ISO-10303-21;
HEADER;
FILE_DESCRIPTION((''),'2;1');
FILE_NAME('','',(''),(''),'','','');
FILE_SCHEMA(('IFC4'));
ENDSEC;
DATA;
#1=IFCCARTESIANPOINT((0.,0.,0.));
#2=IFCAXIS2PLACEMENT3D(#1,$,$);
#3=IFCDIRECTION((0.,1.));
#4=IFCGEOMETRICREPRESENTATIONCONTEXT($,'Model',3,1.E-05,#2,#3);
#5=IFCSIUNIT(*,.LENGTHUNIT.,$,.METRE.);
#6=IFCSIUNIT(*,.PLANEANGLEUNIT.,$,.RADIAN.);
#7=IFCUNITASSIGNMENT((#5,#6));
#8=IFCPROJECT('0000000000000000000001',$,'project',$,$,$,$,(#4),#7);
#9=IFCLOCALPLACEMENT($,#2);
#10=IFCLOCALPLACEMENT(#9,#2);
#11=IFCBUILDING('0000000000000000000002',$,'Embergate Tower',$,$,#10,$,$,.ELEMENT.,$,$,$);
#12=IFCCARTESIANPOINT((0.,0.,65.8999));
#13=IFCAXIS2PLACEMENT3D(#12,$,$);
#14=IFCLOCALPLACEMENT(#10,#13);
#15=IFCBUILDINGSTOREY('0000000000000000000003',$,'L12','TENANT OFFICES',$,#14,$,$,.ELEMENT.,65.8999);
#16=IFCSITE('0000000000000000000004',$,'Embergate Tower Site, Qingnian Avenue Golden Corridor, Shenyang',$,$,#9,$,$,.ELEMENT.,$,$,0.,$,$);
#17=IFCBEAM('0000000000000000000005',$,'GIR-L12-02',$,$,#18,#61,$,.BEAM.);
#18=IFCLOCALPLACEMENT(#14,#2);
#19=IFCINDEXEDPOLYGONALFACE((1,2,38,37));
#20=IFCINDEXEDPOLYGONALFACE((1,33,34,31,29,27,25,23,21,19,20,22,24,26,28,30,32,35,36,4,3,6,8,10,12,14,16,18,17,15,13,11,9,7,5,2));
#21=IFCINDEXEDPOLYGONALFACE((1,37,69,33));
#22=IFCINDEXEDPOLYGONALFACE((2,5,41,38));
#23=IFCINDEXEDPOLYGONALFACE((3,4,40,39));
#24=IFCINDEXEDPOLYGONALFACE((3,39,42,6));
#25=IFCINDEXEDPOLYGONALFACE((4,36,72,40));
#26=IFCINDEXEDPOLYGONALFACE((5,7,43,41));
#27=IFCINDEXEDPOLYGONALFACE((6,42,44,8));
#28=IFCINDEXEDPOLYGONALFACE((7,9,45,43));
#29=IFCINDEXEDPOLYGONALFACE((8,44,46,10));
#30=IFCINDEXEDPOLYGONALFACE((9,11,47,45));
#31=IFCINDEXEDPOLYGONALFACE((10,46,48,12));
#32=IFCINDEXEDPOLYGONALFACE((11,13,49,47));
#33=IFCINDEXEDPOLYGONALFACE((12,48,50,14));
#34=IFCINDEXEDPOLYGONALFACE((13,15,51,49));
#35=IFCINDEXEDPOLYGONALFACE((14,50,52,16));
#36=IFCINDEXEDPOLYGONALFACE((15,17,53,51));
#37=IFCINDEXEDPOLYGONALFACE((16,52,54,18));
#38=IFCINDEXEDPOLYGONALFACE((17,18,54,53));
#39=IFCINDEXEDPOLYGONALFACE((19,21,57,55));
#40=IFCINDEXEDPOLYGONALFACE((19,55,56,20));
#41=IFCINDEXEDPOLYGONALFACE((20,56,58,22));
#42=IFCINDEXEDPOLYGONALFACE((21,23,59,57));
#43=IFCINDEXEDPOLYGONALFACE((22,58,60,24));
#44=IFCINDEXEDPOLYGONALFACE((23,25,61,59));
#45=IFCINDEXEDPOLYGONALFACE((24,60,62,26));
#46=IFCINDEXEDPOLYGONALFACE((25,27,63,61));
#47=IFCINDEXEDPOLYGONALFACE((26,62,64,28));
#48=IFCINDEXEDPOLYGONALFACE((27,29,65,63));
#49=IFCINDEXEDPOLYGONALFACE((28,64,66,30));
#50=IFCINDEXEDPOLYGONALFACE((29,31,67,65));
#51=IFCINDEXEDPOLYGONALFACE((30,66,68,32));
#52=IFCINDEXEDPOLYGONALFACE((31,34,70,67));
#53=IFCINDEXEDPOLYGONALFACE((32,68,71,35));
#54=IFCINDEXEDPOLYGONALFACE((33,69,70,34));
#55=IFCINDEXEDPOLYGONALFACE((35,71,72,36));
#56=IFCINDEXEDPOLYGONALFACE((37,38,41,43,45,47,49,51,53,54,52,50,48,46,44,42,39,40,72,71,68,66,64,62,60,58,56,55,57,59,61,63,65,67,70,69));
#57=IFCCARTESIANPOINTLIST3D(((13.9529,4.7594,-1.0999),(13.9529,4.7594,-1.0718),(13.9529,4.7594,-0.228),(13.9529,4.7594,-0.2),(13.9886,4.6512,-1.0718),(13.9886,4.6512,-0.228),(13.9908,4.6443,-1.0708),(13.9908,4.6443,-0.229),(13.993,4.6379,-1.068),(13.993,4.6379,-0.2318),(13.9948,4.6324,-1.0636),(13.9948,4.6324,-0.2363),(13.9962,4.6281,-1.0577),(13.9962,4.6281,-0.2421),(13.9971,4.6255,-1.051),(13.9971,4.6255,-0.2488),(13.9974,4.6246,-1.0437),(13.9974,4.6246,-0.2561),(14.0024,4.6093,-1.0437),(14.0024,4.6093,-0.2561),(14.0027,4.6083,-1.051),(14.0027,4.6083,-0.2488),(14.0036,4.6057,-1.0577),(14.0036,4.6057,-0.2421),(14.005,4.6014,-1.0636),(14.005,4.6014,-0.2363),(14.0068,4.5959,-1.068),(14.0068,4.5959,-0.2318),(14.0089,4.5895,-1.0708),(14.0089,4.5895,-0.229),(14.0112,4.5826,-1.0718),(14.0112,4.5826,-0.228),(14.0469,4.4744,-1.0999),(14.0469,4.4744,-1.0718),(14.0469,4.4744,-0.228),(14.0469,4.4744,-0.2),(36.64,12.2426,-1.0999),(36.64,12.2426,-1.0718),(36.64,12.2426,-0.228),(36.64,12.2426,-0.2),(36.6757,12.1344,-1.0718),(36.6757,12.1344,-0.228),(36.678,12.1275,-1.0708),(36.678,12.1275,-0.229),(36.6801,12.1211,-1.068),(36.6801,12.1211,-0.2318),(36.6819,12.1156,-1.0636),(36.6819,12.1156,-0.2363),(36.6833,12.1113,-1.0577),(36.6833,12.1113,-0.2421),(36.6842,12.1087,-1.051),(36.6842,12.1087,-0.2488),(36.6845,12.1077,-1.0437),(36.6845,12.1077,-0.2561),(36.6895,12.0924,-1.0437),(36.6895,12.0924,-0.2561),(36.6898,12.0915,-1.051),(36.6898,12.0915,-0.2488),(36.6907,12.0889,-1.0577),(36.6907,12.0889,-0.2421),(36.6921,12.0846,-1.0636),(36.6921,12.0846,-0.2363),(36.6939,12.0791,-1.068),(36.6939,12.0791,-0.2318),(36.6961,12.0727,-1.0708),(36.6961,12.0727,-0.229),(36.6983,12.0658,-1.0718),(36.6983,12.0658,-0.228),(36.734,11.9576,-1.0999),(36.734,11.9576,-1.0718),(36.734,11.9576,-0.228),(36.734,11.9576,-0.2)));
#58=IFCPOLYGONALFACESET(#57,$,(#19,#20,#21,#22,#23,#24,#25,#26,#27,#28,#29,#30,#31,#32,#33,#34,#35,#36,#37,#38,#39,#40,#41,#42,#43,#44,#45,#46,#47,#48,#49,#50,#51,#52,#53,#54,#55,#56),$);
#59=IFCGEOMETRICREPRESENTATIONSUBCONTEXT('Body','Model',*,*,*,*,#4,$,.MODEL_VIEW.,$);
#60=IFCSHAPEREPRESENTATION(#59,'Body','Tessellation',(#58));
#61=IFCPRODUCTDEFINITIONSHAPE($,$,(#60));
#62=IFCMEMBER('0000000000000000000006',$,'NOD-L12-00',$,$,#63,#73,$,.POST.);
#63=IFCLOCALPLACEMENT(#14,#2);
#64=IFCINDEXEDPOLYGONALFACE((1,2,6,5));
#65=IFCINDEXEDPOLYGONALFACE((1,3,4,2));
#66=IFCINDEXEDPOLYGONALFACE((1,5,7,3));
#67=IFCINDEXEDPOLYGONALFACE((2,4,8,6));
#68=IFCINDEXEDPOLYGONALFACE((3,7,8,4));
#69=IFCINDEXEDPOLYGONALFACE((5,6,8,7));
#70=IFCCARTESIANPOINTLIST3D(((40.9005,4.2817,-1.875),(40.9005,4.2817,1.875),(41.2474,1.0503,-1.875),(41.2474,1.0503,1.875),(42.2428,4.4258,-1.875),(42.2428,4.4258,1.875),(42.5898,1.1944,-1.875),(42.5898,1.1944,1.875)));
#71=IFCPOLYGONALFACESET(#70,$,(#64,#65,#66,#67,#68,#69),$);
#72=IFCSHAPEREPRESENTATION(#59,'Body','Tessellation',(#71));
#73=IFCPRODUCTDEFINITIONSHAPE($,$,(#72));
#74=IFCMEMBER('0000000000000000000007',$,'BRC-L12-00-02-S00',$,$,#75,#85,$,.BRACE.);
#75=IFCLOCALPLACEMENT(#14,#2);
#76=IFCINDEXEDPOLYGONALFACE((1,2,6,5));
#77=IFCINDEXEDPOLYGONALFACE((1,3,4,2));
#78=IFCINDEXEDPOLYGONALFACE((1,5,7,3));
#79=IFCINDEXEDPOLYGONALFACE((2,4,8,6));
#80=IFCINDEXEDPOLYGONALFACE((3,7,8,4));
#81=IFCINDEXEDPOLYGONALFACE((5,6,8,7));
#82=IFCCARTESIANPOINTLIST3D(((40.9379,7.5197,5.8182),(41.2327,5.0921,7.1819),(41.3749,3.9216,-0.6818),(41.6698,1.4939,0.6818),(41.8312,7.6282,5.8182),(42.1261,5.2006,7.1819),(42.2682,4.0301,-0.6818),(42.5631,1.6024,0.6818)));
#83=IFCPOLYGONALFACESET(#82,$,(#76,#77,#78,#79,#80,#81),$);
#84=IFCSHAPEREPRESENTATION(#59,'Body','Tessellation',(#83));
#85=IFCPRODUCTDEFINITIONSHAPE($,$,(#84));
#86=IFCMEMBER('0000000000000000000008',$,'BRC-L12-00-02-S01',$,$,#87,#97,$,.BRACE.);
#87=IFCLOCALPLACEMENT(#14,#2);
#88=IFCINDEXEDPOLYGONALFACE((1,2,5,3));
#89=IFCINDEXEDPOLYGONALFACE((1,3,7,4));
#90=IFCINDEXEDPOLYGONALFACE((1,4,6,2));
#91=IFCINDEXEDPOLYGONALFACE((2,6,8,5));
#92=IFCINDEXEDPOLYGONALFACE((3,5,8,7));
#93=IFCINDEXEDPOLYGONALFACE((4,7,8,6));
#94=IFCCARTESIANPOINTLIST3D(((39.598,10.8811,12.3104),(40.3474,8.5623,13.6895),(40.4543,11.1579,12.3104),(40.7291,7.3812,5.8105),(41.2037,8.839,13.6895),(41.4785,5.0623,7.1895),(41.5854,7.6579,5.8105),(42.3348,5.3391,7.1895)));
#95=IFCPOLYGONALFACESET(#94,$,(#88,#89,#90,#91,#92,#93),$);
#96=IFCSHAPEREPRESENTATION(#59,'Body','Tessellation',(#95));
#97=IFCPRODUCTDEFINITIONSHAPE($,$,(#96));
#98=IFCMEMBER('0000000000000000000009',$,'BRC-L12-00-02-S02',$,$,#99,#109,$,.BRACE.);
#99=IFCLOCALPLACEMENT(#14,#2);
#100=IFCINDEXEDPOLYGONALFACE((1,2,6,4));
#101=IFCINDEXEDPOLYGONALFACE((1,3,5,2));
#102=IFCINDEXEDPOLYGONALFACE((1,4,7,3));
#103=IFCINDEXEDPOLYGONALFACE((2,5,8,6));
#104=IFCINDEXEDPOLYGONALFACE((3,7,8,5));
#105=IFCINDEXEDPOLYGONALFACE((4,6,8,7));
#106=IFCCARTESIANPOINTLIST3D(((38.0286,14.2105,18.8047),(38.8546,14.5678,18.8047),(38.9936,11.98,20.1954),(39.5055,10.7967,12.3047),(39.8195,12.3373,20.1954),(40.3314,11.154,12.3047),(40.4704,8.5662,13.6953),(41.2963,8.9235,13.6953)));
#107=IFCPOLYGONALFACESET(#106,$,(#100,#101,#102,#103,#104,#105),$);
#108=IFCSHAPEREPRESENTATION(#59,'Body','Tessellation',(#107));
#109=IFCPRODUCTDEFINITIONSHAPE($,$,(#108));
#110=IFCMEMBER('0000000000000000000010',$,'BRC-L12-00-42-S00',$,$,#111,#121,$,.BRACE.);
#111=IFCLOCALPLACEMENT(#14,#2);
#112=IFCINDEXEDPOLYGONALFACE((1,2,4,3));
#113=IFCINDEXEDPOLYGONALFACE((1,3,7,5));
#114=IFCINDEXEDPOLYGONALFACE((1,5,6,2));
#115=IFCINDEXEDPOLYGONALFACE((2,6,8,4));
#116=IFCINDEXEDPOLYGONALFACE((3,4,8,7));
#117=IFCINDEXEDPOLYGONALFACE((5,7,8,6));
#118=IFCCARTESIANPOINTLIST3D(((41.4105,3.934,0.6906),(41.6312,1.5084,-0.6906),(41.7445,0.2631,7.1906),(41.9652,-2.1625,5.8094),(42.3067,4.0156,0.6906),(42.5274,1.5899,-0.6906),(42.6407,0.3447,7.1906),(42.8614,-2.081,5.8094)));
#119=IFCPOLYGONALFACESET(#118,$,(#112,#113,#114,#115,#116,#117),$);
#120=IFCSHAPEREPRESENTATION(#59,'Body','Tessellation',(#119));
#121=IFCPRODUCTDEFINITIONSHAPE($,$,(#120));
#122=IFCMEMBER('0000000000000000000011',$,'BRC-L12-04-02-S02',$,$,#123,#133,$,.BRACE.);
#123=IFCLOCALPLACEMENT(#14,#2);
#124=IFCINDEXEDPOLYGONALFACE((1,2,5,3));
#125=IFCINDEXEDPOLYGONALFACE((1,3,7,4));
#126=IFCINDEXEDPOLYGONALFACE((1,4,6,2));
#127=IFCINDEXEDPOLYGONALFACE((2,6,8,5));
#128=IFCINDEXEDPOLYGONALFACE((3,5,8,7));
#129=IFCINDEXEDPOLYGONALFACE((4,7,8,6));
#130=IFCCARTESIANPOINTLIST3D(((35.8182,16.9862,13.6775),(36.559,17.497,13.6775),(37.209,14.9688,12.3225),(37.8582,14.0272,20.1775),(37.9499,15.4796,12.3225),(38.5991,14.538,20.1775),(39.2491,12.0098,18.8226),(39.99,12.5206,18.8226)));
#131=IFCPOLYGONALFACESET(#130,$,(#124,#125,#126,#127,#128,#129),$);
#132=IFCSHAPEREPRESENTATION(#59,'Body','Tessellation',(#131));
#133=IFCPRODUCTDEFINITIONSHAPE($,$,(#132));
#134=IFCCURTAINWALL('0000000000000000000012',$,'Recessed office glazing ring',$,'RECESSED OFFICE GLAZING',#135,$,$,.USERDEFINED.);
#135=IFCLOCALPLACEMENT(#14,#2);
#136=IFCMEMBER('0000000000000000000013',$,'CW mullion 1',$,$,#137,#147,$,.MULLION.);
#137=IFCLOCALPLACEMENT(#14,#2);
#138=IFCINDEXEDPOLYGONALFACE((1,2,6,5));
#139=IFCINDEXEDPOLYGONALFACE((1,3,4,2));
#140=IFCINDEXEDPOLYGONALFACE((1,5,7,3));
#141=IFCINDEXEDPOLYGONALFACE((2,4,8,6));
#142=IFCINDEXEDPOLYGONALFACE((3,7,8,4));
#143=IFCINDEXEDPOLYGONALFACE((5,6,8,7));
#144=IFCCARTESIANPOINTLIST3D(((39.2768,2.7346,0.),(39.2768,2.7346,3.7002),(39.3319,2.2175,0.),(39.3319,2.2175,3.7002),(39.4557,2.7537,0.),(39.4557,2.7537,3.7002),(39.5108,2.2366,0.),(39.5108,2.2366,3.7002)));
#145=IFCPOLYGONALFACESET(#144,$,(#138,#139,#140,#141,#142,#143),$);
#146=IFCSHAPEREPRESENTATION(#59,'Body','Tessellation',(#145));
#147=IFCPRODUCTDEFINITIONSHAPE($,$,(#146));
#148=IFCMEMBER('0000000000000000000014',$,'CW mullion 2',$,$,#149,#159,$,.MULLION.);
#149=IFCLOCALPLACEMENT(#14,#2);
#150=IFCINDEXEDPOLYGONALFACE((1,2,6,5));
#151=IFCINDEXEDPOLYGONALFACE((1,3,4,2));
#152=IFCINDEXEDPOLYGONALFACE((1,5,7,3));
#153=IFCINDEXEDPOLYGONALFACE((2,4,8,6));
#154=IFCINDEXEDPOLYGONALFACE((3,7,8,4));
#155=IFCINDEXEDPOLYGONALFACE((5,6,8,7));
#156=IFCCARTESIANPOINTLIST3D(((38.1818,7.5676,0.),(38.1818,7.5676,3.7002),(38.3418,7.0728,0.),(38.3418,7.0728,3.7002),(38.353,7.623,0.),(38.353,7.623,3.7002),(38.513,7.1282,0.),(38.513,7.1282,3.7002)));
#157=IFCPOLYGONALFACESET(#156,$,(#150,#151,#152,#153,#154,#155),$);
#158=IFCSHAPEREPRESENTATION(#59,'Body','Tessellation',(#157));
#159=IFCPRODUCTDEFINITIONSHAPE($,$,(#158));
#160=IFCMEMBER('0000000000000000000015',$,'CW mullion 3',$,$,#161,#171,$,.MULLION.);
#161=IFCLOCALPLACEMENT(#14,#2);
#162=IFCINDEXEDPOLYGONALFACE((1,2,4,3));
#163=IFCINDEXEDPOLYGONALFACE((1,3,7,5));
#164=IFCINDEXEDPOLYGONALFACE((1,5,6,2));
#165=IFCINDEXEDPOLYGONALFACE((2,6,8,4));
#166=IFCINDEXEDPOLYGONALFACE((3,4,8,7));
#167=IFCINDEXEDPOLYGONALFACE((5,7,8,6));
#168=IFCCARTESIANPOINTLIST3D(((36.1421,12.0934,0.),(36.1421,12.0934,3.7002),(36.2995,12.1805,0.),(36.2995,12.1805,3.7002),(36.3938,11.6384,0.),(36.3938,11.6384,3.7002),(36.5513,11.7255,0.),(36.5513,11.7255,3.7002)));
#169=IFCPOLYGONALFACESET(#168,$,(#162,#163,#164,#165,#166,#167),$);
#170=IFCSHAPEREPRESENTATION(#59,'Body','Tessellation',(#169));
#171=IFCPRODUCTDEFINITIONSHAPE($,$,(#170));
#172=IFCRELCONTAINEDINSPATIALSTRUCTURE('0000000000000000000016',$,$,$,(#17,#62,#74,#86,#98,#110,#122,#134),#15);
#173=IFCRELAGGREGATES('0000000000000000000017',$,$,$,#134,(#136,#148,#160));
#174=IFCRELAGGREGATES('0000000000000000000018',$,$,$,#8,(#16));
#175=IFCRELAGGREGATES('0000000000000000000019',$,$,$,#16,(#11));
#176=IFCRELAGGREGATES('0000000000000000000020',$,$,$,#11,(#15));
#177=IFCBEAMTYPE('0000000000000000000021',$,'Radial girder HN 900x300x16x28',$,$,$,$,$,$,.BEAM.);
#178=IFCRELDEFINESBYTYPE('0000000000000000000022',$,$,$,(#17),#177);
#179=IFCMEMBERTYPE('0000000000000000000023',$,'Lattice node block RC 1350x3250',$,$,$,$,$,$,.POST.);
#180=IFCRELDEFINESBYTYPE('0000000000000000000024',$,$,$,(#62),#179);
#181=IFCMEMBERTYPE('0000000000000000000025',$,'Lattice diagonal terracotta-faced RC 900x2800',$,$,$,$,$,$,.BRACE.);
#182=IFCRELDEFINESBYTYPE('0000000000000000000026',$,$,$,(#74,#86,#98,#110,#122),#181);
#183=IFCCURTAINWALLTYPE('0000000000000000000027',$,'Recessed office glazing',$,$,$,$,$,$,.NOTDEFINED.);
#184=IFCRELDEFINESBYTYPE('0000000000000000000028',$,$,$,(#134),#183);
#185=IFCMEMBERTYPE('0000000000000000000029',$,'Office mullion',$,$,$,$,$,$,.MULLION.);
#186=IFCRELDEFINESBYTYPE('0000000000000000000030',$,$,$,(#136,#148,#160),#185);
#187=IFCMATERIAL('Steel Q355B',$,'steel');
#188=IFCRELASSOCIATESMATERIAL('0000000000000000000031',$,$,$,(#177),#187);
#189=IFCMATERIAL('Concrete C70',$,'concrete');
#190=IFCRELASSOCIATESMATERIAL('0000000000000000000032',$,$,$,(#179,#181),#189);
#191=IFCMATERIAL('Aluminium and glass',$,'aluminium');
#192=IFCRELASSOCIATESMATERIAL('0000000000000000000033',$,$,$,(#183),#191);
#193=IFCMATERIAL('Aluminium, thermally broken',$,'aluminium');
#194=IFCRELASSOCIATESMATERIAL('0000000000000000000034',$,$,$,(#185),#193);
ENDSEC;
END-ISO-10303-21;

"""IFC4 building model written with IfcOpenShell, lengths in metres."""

from ifc_helpers import new_model, si_unit, direction, frame, origin, origin_2d, place, context, subcontext, project, spatial, rectangle, i_section, extrude, source, transform, mapped, material, material_profile, profile_set, type_object, element, aggregate, save


model = new_model("IFC4")

# Units and contexts
model_context = context("Model", 3, precision=1e-05, world=origin(), true_north=direction((0.0, 1.0)))
body_context = subcontext(model_context, "Body", "Model", "MODEL_VIEW")
ifc_project = project(units=[si_unit("LENGTHUNIT", "METRE"), si_unit("PLANEANGLEUNIT", "RADIAN")], contexts=[model_context])

# Site, building, storey
site_placement = place(None, origin())
site = spatial("IfcSite", under=ifc_project, at=site_placement, Name="Embergate Tower Site, Qingnian Avenue Golden Corridor, Shenyang", CompositionType="ELEMENT", RefElevation=0.0)
building_placement = place(site_placement, origin())
building = spatial("IfcBuilding", under=site, at=building_placement, Name="Embergate Tower", CompositionType="ELEMENT")
storey_placement = place(building_placement, frame((0.0, 0.0, 65.8999)))
storey = spatial("IfcBuildingStorey", under=building, at=storey_placement, Name="L12", Description="TENANT OFFICES", CompositionType="ELEMENT", Elevation=65.8999)

# Shared definitions
ifc_material_1 = material(Name="Concrete C70", Category="concrete")

# Beam
ifc_material_2 = material(Name="Steel Q355B", Category="steel")
ifc_material_profile_1 = material_profile(ifc_material_2, i_section(OverallWidth=0.3, OverallDepth=0.8999, WebThickness=0.0161, FlangeThickness=0.0281, FilletRadius=0.0281, at=origin_2d()), Name="HN 900x300x16x28")
ifc_profile_set_1 = profile_set([ifc_material_profile_1], Name="Steel Q355 grade B")
beam_type_1 = type_object("IfcBeamType", Name="Radial girder HN 900x300x16x28", PredefinedType="BEAM", material=ifc_profile_set_1)
shared_shape_1 = source(origin(), body_context, "Body", "SweptSolid", [
    extrude(i_section(OverallWidth=0.3, OverallDepth=0.8999, WebThickness=0.0161, FlangeThickness=0.0281, FilletRadius=0.0281, at=origin_2d()), origin(), (0.0, 0.0, 1.0), 23.8894),
])
beam_1_placement = place(storey_placement, frame((36.687, 12.1001, -0.6499), z_axis=(-0.949673, -0.313243, 0.0), x_axis=(0.313243, -0.949673, 0.0)))
element("IfcBeam", 1, at=beam_1_placement, inside=storey, type_object=beam_type_1, Name="GIR-L12-02", PredefinedType="BEAM", context=body_context, shape_type="MappedRepresentation", body=[
    mapped(shared_shape_1, transform((0.0, 0.0, 0.0))),
])

# Members
ifc_material_profile_2 = material_profile(ifc_material_1, rectangle(XDim=1.3501, YDim=3.25, at=origin_2d()), Name="RC 1350x3250")
ifc_profile_set_2 = profile_set([ifc_material_profile_2], Name="Concrete C70")
member_type_1 = type_object("IfcMemberType", Name="Lattice node block RC 1350x3250", PredefinedType="POST", material=ifc_profile_set_2)
shared_shape_2 = source(origin(), body_context, "Body", "SweptSolid", [
    extrude(rectangle(XDim=1.3501, YDim=3.25, at=origin_2d()), origin(), (0.0, 0.0, 1.0), 3.75),
])
member_1_placement = place(storey_placement, frame((41.7451, 2.738, -1.875), z_axis=(0.0, 0.0, 1.0), x_axis=(0.994286, 0.10675, 0.0)))
element("IfcMember", 2, at=member_1_placement, inside=storey, type_object=member_type_1, Name="NOD-L12-00", PredefinedType="POST", context=body_context, shape_type="MappedRepresentation", body=[
    mapped(shared_shape_2, transform((0.0, 0.0, 0.0))),
])
ifc_material_profile_3 = material_profile(ifc_material_1, rectangle(XDim=0.8999, YDim=2.8, at=origin_2d()), Name="RC 900x2800")
ifc_profile_set_3 = profile_set([ifc_material_profile_3], Name="Concrete C70")
member_type_2 = type_object("IfcMemberType", Name="Lattice diagonal terracotta-faced RC 900x2800", PredefinedType="BRACE", material=ifc_profile_set_3)
shared_shape_3 = source(origin(), body_context, "Body", "SweptSolid", [
    extrude(rectangle(XDim=0.8999, YDim=2.8, at=origin_2d()), origin(), (0.0, 0.0, 1.0), 7.4424),
])
member_2_placement = place(storey_placement, frame((41.969, 2.762, 0.0), z_axis=(-0.05872, 0.483473, 0.873388), x_axis=(-0.992705, -0.120569, 0.0)))
element("IfcMember", 3, at=member_2_placement, inside=storey, type_object=member_type_2, Name="BRC-L12-00-02-S00", PredefinedType="BRACE", context=body_context, shape_type="MappedRepresentation", body=[
    mapped(shared_shape_3, transform((0.0, 0.0, 0.0))),
])
shared_shape_4 = source(origin(), body_context, "Body", "SweptSolid", [
    extrude(rectangle(XDim=0.8999, YDim=2.8, at=origin_2d()), origin(), (0.0, 0.0, 1.0), 7.4685),
])
member_3_placement = place(storey_placement, frame((41.532, 6.3601, 6.5), z_axis=(-0.151449, 0.468631, 0.870315), x_axis=(-0.951544, -0.307513, 0.0)))
element("IfcMember", 4, at=member_3_placement, inside=storey, type_object=member_type_2, Name="BRC-L12-00-02-S01", PredefinedType="BRACE", context=body_context, shape_type="MappedRepresentation", body=[
    mapped(shared_shape_4, transform((0.0, 0.0, 0.0))),
])
shared_shape_5 = source(origin(), body_context, "Body", "SweptSolid", [
    extrude(rectangle(XDim=0.8999, YDim=2.8, at=origin_2d()), origin(), (0.0, 0.0, 1.0), 7.489),
])
member_4_placement = place(storey_placement, frame((40.4009, 9.8601, 13.0), z_axis=(-0.197197, 0.455844, 0.86794), x_axis=(-0.917802, -0.397038, 0.0)))
element("IfcMember", 5, at=member_4_placement, inside=storey, type_object=member_type_2, Name="BRC-L12-00-02-S02", PredefinedType="BRACE", context=body_context, shape_type="MappedRepresentation", body=[
    mapped(shared_shape_5, transform((0.0, 0.0, 0.0))),
])
shared_shape_6 = source(origin(), body_context, "Body", "SweptSolid", [
    extrude(rectangle(XDim=0.8999, YDim=2.8, at=origin_2d()), origin(), (0.0, 0.0, 1.0), 7.4724),
])
member_5_placement = place(storey_placement, frame((41.969, 2.762, 0.0), z_axis=(0.044696, -0.49126, 0.869866), x_axis=(0.995887, 0.090607, 0.0)))
element("IfcMember", 6, at=member_5_placement, inside=storey, type_object=member_type_2, Name="BRC-L12-00-42-S00", PredefinedType="BRACE", context=body_context, shape_type="MappedRepresentation", body=[
    mapped(shared_shape_6, transform((0.0, 0.0, 0.0))),
])
shared_shape_7 = source(origin(), body_context, "Body", "SweptSolid", [
    extrude(rectangle(XDim=0.8999, YDim=2.8, at=origin_2d()), origin(), (0.0, 0.0, 1.0), 7.4275),
])
member_6_placement = place(storey_placement, frame((36.884, 16.2329, 13.0), z_axis=(0.274661, -0.398384, 0.875129), x_axis=(0.823296, 0.567612, 0.0)))
element("IfcMember", 7, at=member_6_placement, inside=storey, type_object=member_type_2, Name="BRC-L12-04-02-S02", PredefinedType="BRACE", context=body_context, shape_type="MappedRepresentation", body=[
    mapped(shared_shape_7, transform((0.0, 0.0, 0.0))),
])

# Curtain wall, members
ifc_material_3 = material(Name="Aluminium and glass", Category="aluminium")
curtain_wall_type = type_object("IfcCurtainWallType", Name="Recessed office glazing", PredefinedType="NOTDEFINED", material=ifc_material_3)
curtain_wall_placement = place(storey_placement, origin())
curtain_wall = element("IfcCurtainWall", 8, at=curtain_wall_placement, inside=storey, type_object=curtain_wall_type, Name="Recessed office glazing ring", ObjectType="RECESSED OFFICE GLAZING", PredefinedType="USERDEFINED")
ifc_material_4 = material(Name="Aluminium, thermally broken", Category="aluminium")
ifc_material_profile_4 = material_profile(ifc_material_4, rectangle(XDim=0.1799, YDim=0.52, at=origin_2d()), Name="AL 520x180")
ifc_profile_set_4 = profile_set([ifc_material_profile_4], Name="Aluminium, thermally broken")
member_type_3 = type_object("IfcMemberType", Name="Office mullion", PredefinedType="MULLION", material=ifc_profile_set_4)
shared_shape_8 = source(origin(), body_context, "Body", "SweptSolid", [
    extrude(rectangle(XDim=0.1799, YDim=0.52, at=origin_2d()), origin(), (0.0, 0.0, 1.0), 3.7002),
])
member_7_placement = place(storey_placement, frame((39.3938, 2.4856, 0.0), z_axis=(0.0, 0.0, 1.0), x_axis=(-0.994386, -0.105818, 0.0)))
member_7 = element("IfcMember", 9, at=member_7_placement, type_object=member_type_3, Name="CW mullion 1", PredefinedType="MULLION", context=body_context, shape_type="MappedRepresentation", body=[
    mapped(shared_shape_8, transform((0.0, 0.0, 0.0))),
])
member_8_placement = place(storey_placement, frame((38.3474, 7.3479, 0.0), z_axis=(0.0, 0.0, 1.0), x_axis=(-0.951502, -0.307642, 0.0)))
member_8 = element("IfcMember", 10, at=member_8_placement, type_object=member_type_3, Name="CW mullion 2", PredefinedType="MULLION", context=body_context, shape_type="MappedRepresentation", body=[
    mapped(shared_shape_8, transform((0.0, 0.0, 0.0))),
])
member_9_placement = place(storey_placement, frame((36.3467, 11.9094, 0.0), z_axis=(0.0, 0.0, 1.0), x_axis=(-0.87501, -0.484104, 0.0)))
member_9 = element("IfcMember", 11, at=member_9_placement, type_object=member_type_3, Name="CW mullion 3", PredefinedType="MULLION", context=body_context, shape_type="MappedRepresentation", body=[
    mapped(shared_shape_8, transform((0.0, 0.0, 0.0))),
])
aggregate(curtain_wall, [member_7, member_8, member_9])

save(model, "model.ifc")
